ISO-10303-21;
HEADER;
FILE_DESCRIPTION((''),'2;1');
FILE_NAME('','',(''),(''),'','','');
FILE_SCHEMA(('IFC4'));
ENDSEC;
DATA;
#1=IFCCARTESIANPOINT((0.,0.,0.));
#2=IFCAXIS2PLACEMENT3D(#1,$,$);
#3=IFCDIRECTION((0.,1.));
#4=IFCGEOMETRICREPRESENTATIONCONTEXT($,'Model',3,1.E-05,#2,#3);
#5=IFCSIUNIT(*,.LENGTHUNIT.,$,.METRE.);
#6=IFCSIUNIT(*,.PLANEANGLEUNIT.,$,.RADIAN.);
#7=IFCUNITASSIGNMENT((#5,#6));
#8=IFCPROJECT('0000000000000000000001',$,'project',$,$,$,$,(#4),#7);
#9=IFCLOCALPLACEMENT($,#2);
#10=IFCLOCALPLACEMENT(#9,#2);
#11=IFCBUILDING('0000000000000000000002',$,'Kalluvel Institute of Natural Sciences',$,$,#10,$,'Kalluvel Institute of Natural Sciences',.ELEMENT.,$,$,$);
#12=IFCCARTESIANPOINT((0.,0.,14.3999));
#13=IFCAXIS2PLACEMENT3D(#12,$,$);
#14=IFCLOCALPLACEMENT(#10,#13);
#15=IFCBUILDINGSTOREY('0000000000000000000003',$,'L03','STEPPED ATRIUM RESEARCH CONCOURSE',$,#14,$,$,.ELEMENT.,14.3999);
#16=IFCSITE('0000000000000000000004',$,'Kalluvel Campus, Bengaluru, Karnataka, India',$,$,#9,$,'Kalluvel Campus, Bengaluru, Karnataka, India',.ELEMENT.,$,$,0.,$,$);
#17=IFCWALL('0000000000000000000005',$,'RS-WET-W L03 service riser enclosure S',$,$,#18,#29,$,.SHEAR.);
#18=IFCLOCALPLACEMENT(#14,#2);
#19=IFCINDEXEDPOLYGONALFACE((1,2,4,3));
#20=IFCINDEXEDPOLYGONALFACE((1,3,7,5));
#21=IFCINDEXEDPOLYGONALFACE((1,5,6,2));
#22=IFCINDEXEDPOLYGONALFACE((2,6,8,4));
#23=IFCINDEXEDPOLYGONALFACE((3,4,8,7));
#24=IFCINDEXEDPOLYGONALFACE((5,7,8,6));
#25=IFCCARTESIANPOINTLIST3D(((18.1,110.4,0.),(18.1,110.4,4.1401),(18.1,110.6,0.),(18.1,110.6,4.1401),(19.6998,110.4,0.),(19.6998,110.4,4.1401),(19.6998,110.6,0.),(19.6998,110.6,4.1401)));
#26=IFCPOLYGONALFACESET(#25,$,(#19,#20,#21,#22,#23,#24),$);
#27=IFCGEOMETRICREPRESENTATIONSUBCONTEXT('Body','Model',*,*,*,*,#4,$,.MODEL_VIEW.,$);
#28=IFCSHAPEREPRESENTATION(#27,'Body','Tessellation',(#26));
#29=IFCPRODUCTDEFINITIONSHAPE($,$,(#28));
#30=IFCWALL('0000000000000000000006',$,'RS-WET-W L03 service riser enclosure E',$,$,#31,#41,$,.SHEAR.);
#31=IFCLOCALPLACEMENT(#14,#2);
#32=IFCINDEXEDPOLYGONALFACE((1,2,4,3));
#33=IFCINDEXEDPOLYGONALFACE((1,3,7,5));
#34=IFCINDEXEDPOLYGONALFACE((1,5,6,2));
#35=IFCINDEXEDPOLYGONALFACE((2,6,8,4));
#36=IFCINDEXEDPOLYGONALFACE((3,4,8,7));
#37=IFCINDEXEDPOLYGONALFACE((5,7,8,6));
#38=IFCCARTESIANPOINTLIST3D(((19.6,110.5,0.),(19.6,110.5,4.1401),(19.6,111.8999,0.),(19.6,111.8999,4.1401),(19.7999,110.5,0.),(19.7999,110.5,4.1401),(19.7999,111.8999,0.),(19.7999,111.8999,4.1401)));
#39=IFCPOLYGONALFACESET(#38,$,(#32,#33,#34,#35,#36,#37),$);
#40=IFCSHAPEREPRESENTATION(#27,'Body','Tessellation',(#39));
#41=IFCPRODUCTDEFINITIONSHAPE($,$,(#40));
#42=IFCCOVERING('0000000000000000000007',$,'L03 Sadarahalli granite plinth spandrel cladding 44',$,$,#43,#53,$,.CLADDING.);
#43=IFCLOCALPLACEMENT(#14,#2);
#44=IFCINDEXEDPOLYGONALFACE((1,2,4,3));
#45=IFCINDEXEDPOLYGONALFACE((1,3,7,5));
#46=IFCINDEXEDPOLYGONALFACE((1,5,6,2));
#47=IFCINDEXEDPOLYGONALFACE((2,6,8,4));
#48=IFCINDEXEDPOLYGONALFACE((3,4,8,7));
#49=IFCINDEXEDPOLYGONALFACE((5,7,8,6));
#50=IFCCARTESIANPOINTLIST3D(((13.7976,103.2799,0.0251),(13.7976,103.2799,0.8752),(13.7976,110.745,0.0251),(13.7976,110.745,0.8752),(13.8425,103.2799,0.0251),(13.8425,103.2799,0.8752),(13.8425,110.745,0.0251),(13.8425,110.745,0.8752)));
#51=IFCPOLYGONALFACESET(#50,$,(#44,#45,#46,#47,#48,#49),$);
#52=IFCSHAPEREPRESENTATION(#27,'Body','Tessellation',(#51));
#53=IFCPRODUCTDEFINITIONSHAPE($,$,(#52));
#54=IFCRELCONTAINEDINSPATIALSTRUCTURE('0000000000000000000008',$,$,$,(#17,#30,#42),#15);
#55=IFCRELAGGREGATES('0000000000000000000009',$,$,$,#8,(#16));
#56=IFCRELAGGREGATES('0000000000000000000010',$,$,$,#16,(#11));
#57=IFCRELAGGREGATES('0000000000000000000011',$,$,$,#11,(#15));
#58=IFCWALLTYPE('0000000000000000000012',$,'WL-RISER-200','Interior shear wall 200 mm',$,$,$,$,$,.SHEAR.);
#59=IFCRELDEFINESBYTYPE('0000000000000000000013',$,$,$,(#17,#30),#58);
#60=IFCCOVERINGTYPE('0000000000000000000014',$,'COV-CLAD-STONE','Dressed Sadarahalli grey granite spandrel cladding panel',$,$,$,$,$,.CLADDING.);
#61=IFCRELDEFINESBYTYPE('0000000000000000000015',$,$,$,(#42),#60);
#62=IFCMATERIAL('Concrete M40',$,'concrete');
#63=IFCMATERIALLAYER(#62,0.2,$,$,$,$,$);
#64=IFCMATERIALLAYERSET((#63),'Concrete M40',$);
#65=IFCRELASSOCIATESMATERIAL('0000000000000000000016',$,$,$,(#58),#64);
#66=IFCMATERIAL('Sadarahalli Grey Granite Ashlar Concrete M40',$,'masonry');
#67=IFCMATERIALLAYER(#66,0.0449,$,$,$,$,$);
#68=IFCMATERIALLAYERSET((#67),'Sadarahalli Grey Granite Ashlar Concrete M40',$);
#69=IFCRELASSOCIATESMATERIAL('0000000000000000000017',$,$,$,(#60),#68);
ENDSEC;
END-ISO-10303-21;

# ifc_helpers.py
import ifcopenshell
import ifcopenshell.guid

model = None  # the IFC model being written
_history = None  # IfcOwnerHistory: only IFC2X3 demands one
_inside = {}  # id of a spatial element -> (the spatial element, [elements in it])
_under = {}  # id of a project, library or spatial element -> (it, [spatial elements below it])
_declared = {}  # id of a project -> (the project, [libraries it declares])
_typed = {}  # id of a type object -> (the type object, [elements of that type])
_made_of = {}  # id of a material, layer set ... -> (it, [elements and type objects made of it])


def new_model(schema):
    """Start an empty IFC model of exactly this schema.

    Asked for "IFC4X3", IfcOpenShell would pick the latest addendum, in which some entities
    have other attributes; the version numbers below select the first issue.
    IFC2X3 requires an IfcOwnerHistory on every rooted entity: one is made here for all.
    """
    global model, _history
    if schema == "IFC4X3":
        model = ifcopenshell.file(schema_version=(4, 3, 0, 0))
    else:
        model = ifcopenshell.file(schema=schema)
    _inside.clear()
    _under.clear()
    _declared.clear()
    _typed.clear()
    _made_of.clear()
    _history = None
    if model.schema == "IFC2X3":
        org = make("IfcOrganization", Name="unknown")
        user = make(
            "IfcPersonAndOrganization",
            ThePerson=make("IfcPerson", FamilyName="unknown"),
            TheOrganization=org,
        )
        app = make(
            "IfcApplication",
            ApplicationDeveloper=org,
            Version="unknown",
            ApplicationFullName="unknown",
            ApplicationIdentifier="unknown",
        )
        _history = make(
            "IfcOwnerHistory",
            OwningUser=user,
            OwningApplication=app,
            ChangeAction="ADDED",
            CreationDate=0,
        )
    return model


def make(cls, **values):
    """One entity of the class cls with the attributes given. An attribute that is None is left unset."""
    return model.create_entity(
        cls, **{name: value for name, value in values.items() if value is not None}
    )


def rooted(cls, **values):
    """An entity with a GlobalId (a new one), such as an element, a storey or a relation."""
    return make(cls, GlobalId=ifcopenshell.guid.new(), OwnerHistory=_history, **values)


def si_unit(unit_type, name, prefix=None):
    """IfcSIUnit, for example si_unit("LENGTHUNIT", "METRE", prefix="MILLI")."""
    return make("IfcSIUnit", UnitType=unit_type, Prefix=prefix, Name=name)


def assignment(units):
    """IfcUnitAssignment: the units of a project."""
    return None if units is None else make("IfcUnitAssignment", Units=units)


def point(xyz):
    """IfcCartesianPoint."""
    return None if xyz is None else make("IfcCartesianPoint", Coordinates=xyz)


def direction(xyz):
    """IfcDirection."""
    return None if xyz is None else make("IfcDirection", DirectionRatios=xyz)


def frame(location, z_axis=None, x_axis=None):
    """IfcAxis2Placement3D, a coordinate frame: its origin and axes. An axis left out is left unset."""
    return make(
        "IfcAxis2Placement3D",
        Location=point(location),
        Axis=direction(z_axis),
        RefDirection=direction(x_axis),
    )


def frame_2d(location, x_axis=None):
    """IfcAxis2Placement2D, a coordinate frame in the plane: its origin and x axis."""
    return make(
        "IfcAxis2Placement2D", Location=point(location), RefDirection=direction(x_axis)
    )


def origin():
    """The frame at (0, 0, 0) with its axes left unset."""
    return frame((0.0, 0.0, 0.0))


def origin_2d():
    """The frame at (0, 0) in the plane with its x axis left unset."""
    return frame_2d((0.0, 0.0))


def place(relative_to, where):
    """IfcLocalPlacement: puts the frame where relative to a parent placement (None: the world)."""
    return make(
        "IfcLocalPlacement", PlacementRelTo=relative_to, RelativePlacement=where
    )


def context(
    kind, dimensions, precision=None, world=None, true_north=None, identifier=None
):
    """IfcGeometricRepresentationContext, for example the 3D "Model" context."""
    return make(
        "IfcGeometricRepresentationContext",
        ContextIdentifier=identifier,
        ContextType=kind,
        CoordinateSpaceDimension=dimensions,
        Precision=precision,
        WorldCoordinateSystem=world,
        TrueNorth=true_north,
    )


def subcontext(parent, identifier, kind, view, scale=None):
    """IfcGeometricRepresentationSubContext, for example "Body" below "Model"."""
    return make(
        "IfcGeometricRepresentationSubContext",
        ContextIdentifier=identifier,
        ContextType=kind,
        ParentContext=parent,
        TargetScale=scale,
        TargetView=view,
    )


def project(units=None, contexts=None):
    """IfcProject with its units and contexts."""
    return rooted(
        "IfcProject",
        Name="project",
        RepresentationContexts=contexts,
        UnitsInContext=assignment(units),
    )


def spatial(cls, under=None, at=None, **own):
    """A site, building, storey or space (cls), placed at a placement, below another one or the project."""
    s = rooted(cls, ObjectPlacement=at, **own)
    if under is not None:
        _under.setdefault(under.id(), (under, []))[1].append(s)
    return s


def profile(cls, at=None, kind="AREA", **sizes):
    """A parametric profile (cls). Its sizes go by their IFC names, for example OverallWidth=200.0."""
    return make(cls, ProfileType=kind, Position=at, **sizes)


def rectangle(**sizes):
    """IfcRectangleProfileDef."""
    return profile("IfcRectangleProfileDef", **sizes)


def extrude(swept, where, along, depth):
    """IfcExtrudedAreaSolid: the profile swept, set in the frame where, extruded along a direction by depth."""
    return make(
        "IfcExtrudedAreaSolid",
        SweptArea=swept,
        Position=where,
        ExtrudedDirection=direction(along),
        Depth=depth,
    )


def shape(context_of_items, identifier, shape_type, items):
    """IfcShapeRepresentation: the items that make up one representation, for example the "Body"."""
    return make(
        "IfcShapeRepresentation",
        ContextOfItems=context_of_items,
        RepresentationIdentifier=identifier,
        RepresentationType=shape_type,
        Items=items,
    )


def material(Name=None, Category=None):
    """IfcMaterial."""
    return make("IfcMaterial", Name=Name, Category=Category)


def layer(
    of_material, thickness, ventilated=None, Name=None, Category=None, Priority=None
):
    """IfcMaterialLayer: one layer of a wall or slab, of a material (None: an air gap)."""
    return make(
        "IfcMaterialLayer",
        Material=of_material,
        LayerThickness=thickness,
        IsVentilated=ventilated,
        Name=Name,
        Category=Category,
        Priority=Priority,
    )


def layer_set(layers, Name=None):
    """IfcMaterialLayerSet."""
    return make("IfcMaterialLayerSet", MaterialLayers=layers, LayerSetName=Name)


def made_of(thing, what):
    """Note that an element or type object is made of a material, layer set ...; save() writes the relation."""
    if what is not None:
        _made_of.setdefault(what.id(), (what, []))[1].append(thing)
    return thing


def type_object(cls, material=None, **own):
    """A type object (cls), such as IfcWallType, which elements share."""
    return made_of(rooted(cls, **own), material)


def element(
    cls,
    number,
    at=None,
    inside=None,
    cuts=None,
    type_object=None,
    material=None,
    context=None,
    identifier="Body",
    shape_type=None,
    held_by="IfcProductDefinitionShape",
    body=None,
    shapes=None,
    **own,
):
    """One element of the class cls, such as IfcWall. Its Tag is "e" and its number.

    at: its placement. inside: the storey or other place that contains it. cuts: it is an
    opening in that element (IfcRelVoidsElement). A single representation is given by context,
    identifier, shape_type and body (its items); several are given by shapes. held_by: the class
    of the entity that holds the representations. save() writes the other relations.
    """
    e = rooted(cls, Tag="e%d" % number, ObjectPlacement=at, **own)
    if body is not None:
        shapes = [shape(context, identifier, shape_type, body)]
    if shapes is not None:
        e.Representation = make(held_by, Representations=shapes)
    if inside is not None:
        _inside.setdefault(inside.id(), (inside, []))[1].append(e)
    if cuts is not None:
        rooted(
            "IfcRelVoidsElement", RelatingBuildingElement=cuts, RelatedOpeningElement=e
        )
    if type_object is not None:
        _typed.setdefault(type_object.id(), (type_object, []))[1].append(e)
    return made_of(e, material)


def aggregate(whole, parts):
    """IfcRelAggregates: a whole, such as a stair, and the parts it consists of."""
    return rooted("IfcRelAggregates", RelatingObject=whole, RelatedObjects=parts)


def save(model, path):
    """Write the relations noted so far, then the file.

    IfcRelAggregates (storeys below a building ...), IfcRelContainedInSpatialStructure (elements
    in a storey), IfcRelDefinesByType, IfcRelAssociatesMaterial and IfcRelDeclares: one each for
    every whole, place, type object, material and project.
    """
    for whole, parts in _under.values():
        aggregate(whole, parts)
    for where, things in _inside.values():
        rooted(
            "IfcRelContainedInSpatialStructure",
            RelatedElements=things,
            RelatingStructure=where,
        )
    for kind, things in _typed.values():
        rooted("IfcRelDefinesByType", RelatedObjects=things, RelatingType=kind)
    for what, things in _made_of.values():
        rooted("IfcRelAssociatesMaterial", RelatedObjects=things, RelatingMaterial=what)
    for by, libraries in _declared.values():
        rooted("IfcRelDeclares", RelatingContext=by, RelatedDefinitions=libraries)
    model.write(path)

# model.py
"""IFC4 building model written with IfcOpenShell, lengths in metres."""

from ifc_helpers import new_model, si_unit, direction, frame, frame_2d, origin, origin_2d, place, context, subcontext, project, spatial, rectangle, extrude, material, layer, layer_set, type_object, element, save


model = new_model("IFC4")

# Units and contexts
model_context = context("Model", 3, precision=1e-05, world=origin(), true_north=direction((0.0, 1.0)))
body_context = subcontext(model_context, "Body", "Model", "MODEL_VIEW")
ifc_project = project(units=[si_unit("LENGTHUNIT", "METRE"), si_unit("PLANEANGLEUNIT", "RADIAN")], contexts=[model_context])

# Site, building, storey
site_placement = place(None, origin())
site = spatial("IfcSite", under=ifc_project, at=site_placement, Name="Kalluvel Campus, Bengaluru, Karnataka, India", LongName="Kalluvel Campus, Bengaluru, Karnataka, India", CompositionType="ELEMENT", RefElevation=0.0)
building_placement = place(site_placement, origin())
building = spatial("IfcBuilding", under=site, at=building_placement, Name="Kalluvel Institute of Natural Sciences", LongName="Kalluvel Institute of Natural Sciences", CompositionType="ELEMENT")
storey_placement = place(building_placement, frame((0.0, 0.0, 14.3999)))
storey = spatial("IfcBuildingStorey", under=building, at=storey_placement, Name="L03", Description="STEPPED ATRIUM RESEARCH CONCOURSE", CompositionType="ELEMENT", Elevation=14.3999)

# Shared definitions
ifc_material_1 = material(Name="Concrete M40", Category="concrete")

# Walls
ifc_material_2 = material(Name="Sadarahalli Grey Granite Ashlar Concrete M40", Category="masonry")
ifc_layer_1 = layer(ifc_material_1, 0.2)
ifc_layer_set_1 = layer_set([ifc_layer_1], Name="Concrete M40")
wall_type_1 = type_object("IfcWallType", Name="WL-RISER-200", Description="Interior shear wall 200 mm", PredefinedType="SHEAR", material=ifc_layer_set_1)
wall_1_placement = place(storey_placement, frame((18.1001, 110.5, 0.0), z_axis=(0.0, 0.0, 1.0), x_axis=(1.0, 0.0, 0.0)))
element("IfcWall", 1, at=wall_1_placement, inside=storey, type_object=wall_type_1, Name="RS-WET-W L03 service riser enclosure S", PredefinedType="SHEAR", context=body_context, shape_type="SweptSolid", body=[
    extrude(rectangle(XDim=1.5999, YDim=0.2, at=frame_2d((0.7998, 0.0))), origin(), (0.0, 0.0, 1.0), 4.1401),
])
wall_2_placement = place(storey_placement, frame((19.7, 110.5, 0.0), z_axis=(0.0, 0.0, 1.0), x_axis=(0.0, 1.0, 0.0)))
element("IfcWall", 2, at=wall_2_placement, inside=storey, type_object=wall_type_1, Name="RS-WET-W L03 service riser enclosure E", PredefinedType="SHEAR", context=body_context, shape_type="SweptSolid", body=[
    extrude(rectangle(XDim=1.3999, YDim=0.2, at=frame_2d((0.7, 0.0))), origin(), (0.0, 0.0, 1.0), 4.1401),
])

# Covering
ifc_layer_2 = layer(ifc_material_2, 0.0449)
ifc_layer_set_2 = layer_set([ifc_layer_2], Name="Sadarahalli Grey Granite Ashlar Concrete M40")
covering_type = type_object("IfcCoveringType", Name="COV-CLAD-STONE", Description="Dressed Sadarahalli grey granite spandrel cladding panel", PredefinedType="CLADDING", material=ifc_layer_set_2)
covering_placement = place(storey_placement, frame((13.8201, 107.0125, 0.0251), z_axis=(0.0, 0.0, 1.0), x_axis=(0.0, 1.0, 0.0)))
element("IfcCovering", 3, at=covering_placement, inside=storey, type_object=covering_type, Name="L03 Sadarahalli granite plinth spandrel cladding 44", PredefinedType="CLADDING", context=body_context, shape_type="SweptSolid", body=[
    extrude(rectangle(XDim=7.4651, YDim=0.0449, at=origin_2d()), origin(), (0.0, 0.0, 1.0), 0.8501),
])

save(model, "model.ifc")
